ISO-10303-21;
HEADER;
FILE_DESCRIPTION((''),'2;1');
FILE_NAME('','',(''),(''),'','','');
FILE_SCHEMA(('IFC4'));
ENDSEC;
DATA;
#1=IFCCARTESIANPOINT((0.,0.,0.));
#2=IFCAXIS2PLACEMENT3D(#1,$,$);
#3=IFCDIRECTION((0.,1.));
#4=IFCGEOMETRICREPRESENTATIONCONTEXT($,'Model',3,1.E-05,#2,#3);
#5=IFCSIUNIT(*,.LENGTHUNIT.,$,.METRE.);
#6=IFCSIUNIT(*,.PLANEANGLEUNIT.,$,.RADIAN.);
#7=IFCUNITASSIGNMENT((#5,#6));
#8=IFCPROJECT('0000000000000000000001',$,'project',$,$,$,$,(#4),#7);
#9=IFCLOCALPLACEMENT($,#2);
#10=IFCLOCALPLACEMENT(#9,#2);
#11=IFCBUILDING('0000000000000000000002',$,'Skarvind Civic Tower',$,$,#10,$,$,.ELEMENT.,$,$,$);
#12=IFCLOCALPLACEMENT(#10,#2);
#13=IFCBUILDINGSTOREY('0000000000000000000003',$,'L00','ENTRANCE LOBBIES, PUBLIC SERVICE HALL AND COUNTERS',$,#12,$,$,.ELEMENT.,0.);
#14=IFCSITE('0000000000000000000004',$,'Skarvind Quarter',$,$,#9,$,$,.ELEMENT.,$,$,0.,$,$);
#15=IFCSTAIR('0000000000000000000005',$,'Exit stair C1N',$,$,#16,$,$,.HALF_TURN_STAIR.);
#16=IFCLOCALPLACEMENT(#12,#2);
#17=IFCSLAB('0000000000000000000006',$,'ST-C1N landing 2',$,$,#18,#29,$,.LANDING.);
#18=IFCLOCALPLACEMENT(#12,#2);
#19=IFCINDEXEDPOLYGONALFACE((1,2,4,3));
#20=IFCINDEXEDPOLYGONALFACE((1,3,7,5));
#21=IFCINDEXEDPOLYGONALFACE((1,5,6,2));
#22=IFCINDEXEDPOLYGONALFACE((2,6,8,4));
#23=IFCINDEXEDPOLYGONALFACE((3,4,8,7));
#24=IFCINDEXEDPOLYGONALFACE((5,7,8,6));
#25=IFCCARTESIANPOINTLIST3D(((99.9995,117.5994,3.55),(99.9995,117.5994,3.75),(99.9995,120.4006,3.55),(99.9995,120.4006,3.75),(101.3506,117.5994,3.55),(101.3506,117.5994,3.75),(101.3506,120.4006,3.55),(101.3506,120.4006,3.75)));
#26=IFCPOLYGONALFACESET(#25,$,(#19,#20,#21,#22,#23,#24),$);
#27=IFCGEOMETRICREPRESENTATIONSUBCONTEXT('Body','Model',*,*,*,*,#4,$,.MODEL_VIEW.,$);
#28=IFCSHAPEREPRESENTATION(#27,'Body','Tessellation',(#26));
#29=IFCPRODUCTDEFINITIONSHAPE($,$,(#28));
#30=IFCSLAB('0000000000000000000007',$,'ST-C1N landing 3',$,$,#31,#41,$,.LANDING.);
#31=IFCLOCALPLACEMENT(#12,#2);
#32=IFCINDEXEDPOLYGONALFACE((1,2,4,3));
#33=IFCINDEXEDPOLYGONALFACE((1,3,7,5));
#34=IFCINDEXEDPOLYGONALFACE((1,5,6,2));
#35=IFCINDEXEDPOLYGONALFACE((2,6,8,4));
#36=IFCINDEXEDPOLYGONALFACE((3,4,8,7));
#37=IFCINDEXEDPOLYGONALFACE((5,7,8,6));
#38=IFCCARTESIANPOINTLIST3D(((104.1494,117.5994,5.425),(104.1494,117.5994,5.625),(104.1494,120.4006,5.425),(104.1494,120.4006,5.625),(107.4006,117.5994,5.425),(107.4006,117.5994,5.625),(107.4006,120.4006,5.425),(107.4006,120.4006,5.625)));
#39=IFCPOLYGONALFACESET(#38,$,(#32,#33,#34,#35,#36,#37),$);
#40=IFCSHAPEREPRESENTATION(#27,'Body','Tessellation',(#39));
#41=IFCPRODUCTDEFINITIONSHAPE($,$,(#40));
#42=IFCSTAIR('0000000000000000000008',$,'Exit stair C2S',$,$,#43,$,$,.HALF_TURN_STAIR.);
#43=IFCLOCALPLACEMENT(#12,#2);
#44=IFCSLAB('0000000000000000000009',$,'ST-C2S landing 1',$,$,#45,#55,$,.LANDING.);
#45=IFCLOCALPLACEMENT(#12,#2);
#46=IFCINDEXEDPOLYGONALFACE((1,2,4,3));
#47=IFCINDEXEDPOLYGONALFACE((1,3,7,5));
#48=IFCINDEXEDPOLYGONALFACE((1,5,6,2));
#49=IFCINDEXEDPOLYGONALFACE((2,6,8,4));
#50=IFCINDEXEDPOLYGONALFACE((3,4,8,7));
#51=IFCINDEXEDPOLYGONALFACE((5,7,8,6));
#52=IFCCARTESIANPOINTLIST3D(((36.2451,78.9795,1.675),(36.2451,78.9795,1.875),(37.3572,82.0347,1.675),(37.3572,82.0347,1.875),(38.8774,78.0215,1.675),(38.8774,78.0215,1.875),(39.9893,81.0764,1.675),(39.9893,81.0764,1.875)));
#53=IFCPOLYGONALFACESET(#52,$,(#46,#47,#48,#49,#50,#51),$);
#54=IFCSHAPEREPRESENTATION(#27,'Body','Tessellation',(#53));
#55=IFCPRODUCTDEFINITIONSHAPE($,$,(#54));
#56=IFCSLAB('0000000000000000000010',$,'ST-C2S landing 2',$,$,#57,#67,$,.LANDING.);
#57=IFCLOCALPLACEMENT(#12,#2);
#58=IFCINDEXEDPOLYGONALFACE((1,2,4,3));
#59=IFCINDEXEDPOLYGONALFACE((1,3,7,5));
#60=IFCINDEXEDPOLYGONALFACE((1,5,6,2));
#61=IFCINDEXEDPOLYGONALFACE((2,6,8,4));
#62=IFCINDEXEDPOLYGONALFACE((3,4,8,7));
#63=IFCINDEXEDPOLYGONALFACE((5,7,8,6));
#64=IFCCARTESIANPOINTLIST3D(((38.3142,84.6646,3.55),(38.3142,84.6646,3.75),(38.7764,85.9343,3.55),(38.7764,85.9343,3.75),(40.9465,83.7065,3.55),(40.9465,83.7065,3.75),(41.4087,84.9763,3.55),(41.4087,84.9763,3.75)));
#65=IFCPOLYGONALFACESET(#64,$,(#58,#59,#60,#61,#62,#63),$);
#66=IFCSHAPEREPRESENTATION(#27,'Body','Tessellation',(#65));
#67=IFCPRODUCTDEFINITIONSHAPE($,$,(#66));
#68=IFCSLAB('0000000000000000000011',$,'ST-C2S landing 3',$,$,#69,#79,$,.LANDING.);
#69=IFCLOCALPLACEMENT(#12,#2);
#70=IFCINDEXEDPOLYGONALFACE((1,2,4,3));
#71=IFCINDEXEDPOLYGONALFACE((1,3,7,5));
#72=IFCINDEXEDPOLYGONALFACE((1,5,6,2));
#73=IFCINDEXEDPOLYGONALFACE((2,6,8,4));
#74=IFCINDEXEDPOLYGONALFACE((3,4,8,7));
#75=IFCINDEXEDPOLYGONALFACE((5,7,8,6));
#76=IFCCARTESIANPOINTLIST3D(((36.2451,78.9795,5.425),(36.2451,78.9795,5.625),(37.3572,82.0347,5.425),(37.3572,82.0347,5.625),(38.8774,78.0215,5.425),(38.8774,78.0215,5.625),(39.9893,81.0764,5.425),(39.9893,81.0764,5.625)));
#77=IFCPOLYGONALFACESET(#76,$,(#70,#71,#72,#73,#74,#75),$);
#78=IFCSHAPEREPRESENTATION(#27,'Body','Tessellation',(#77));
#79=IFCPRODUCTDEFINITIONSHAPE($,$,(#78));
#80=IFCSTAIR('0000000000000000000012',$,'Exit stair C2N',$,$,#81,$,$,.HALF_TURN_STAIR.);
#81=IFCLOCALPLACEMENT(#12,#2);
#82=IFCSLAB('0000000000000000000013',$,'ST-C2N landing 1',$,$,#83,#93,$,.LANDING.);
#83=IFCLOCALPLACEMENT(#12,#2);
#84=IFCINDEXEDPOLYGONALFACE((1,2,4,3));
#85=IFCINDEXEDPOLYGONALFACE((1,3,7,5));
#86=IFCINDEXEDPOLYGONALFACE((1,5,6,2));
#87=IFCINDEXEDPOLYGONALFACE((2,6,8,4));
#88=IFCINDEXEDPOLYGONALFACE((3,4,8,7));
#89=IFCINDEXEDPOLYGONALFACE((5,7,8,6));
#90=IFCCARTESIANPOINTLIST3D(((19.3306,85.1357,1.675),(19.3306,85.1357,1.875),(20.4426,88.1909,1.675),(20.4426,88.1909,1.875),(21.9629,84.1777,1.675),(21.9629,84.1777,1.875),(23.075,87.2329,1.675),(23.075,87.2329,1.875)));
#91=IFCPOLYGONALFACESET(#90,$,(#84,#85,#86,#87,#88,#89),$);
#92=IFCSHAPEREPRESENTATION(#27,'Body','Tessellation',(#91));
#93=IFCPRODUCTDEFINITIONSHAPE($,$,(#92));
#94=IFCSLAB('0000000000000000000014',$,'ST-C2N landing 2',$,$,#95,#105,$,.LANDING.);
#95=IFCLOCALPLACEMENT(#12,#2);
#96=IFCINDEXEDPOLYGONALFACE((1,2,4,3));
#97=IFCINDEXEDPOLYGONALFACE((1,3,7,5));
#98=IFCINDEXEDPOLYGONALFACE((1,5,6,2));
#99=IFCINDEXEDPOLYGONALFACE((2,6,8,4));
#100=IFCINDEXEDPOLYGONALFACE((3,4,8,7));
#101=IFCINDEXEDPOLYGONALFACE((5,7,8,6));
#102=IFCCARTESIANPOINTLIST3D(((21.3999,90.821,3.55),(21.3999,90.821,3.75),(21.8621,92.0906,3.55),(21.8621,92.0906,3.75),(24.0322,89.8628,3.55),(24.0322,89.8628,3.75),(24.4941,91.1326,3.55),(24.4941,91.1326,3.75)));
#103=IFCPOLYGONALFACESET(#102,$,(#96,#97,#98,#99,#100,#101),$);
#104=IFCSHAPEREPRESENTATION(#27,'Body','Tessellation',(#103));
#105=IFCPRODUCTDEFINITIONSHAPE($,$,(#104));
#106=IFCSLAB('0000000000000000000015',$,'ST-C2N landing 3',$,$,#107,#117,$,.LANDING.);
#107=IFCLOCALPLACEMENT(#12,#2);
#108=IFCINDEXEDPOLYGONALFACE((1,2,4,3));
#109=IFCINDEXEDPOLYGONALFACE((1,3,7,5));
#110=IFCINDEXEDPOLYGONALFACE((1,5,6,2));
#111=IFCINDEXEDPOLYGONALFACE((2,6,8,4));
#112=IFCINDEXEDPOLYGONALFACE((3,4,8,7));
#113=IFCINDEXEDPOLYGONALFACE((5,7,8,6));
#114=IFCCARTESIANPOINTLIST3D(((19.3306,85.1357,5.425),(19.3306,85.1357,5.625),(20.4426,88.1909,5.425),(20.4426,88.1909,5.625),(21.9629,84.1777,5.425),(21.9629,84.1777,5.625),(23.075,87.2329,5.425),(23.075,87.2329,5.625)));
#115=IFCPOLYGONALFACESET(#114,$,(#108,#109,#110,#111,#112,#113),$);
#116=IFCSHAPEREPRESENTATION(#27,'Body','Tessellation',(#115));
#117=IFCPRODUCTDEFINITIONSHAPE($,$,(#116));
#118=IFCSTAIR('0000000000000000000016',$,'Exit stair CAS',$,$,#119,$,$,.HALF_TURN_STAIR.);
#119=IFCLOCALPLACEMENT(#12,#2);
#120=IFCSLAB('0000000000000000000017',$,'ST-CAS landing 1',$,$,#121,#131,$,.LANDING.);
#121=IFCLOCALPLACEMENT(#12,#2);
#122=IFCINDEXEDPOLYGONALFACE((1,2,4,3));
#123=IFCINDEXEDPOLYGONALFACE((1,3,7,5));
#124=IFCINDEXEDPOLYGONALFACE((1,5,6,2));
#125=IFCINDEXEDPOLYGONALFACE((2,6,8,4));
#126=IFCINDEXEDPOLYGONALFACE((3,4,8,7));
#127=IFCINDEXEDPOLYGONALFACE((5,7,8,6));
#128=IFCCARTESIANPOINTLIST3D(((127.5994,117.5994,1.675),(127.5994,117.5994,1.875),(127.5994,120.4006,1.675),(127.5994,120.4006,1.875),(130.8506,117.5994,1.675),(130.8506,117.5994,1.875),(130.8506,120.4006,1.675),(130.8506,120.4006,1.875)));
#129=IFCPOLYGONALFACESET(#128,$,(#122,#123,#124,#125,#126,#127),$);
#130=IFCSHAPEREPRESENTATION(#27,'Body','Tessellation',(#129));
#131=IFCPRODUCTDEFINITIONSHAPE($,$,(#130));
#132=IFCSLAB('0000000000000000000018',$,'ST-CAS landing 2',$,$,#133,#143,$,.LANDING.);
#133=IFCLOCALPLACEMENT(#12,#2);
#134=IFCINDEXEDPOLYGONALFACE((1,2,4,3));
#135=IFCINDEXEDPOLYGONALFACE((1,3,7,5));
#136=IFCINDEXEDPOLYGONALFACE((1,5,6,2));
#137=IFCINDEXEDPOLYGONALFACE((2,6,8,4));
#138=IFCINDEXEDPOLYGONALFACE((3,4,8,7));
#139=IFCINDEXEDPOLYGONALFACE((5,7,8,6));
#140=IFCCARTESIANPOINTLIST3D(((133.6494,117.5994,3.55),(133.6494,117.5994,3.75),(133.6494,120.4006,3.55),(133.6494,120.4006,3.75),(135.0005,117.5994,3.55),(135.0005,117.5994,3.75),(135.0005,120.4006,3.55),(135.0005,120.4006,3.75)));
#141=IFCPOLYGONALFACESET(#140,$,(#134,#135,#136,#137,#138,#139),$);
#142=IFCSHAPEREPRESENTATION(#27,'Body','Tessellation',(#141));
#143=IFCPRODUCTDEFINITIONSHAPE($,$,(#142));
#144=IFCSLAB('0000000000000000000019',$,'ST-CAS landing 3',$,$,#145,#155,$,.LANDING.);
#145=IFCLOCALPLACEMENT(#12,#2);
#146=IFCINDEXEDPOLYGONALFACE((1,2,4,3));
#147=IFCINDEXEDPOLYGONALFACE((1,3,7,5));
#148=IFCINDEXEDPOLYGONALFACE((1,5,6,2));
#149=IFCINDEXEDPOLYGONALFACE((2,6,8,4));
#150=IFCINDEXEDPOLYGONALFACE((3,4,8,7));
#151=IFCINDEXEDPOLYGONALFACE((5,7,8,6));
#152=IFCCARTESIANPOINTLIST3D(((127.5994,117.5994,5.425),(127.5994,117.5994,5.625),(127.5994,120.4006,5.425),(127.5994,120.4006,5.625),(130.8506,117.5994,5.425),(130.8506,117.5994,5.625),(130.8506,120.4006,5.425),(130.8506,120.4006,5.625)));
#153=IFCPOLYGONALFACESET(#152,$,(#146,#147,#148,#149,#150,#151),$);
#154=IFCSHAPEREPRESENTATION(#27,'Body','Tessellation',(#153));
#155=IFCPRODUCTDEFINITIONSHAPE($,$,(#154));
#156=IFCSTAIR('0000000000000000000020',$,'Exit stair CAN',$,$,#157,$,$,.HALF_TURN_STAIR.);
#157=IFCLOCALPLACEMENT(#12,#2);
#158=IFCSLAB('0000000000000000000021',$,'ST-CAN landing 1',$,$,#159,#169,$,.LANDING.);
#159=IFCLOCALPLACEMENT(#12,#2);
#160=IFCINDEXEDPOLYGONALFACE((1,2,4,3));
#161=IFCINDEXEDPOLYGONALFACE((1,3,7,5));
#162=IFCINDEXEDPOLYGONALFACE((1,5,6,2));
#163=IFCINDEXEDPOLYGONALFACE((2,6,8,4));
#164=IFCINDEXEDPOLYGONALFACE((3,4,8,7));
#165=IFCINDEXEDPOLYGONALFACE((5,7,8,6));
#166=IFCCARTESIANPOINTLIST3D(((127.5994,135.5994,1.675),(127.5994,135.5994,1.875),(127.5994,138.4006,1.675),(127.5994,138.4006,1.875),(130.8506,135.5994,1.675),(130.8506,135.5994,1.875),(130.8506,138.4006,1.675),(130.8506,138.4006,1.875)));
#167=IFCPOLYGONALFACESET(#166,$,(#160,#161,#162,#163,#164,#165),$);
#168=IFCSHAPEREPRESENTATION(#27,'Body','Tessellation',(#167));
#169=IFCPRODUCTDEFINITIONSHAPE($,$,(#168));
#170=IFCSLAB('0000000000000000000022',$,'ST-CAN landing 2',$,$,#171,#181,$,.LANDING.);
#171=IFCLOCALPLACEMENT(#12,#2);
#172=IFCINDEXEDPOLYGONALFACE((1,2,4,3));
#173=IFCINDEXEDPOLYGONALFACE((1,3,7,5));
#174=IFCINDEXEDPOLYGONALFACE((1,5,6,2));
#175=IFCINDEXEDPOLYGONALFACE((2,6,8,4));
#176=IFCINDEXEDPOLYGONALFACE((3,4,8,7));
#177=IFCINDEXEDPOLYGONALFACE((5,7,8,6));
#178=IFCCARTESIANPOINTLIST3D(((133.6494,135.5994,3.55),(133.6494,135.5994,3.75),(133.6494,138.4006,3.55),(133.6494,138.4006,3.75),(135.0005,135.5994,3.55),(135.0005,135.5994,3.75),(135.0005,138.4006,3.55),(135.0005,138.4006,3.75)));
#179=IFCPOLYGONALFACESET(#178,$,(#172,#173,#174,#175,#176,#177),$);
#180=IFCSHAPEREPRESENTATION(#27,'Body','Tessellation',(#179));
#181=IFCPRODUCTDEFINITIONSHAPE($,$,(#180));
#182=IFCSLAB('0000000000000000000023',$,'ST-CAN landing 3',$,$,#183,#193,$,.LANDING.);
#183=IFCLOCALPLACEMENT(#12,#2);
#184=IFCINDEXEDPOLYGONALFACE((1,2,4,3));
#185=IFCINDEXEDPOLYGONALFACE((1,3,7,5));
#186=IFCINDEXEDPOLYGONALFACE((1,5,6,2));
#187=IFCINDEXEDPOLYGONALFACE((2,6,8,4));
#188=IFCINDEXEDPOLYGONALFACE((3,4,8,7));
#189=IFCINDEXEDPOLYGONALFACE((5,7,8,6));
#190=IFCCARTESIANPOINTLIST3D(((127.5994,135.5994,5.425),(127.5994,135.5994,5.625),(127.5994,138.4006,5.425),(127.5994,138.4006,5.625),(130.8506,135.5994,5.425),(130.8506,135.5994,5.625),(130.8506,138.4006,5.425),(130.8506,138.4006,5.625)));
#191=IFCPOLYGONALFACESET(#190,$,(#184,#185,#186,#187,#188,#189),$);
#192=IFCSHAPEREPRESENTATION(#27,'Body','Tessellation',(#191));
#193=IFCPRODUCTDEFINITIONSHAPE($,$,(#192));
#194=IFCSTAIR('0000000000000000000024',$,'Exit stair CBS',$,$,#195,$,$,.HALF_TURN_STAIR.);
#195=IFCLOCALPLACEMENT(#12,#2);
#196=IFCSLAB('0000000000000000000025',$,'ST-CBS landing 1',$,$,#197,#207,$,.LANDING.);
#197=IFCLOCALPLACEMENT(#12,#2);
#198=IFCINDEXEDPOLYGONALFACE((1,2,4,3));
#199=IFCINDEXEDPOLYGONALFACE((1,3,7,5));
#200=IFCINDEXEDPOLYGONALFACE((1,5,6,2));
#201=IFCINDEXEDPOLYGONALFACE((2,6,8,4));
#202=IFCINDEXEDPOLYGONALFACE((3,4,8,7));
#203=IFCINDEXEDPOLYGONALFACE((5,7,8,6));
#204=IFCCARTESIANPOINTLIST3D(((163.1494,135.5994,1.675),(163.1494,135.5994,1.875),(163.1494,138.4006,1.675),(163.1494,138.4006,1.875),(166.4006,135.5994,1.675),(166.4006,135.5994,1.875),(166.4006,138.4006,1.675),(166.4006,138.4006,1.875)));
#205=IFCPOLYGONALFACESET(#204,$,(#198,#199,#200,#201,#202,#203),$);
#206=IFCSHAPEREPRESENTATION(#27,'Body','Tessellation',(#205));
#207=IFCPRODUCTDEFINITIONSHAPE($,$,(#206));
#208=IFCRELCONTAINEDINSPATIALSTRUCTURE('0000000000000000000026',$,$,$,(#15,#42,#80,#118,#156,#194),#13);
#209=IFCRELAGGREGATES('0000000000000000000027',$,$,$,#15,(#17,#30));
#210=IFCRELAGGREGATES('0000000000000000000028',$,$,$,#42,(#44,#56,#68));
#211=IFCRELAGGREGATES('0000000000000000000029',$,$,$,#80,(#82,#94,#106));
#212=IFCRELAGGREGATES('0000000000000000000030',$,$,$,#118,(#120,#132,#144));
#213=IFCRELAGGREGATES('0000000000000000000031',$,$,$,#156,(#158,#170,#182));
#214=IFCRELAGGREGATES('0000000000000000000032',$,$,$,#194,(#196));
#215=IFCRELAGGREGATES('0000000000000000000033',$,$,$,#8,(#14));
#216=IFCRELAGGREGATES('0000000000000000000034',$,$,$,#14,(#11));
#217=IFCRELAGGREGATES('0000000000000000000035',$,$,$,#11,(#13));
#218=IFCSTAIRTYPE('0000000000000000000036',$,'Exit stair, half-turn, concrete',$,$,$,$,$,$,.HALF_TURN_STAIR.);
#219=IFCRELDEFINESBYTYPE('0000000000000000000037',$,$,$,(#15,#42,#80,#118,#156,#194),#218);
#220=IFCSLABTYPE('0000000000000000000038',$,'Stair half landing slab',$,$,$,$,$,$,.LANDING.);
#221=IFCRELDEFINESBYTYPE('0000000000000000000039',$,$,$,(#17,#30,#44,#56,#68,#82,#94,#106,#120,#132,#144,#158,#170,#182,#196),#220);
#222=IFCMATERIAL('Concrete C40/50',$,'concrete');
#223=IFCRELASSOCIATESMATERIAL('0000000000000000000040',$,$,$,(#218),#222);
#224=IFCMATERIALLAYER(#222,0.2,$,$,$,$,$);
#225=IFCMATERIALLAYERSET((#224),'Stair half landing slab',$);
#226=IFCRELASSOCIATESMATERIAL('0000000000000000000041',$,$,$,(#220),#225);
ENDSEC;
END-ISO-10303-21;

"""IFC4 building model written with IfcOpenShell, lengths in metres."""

from ifc_helpers import new_model, si_unit, direction, frame, origin, place, context, subcontext, project, spatial, polyline, outline, extrude, material, layer, layer_set, type_object, element, aggregate, save


model = new_model("IFC4")

# Units and contexts
model_context = context("Model", 3, precision=1e-05, world=origin(), true_north=direction((0.0, 1.0)))
body_context = subcontext(model_context, "Body", "Model", "MODEL_VIEW")
ifc_project = project(units=[si_unit("LENGTHUNIT", "METRE"), si_unit("PLANEANGLEUNIT", "RADIAN")], contexts=[model_context])

# Site, building, storey
site_placement = place(None, origin())
site = spatial("IfcSite", under=ifc_project, at=site_placement, Name="Skarvind Quarter", CompositionType="ELEMENT", RefElevation=0.0)
building_placement = place(site_placement, origin())
building = spatial("IfcBuilding", under=site, at=building_placement, Name="Skarvind Civic Tower", CompositionType="ELEMENT")
storey_placement = place(building_placement, origin())
storey = spatial("IfcBuildingStorey", under=building, at=storey_placement, Name="L00", Description="ENTRANCE LOBBIES, PUBLIC SERVICE HALL AND COUNTERS", CompositionType="ELEMENT", Elevation=0.0)

# Shared definitions
ifc_material_1 = material(Name="Concrete C40/50", Category="concrete")

# Stairs, slabs
stair_type = type_object("IfcStairType", Name="Exit stair, half-turn, concrete", PredefinedType="HALF_TURN_STAIR", material=ifc_material_1)
ifc_layer_1 = layer(ifc_material_1, 0.2)
ifc_layer_set_1 = layer_set([ifc_layer_1], Name="Stair half landing slab")
slab_type_1 = type_object("IfcSlabType", Name="Stair half landing slab", PredefinedType="LANDING", material=ifc_layer_set_1)
stair_1_placement = place(storey_placement, origin())
stair_1 = element("IfcStair", 1, at=stair_1_placement, inside=storey, type_object=stair_type, Name="Exit stair C1N", PredefinedType="HALF_TURN_STAIR")
slab_1_placement = place(storey_placement, frame((0.0, 0.0, 3.55)))
slab_1 = element("IfcSlab", 2, at=slab_1_placement, type_object=slab_type_1, Name="ST-C1N landing 2", PredefinedType="LANDING", context=body_context, shape_type="SweptSolid", body=[
    extrude(outline(polyline([(99.9995, 117.5994), (99.9995, 120.4006), (101.3506, 120.4006), (101.3506, 117.5994), (99.9995, 117.5994)])), origin(), (0.0, 0.0, 1.0), 0.2),
])
slab_2_placement = place(storey_placement, frame((0.0, 0.0, 5.425)))
slab_2 = element("IfcSlab", 3, at=slab_2_placement, type_object=slab_type_1, Name="ST-C1N landing 3", PredefinedType="LANDING", context=body_context, shape_type="SweptSolid", body=[
    extrude(outline(polyline([(104.1494, 117.5994), (104.1494, 120.4006), (107.4006, 120.4006), (107.4006, 117.5994), (104.1494, 117.5994)])), origin(), (0.0, 0.0, 1.0), 0.2),
])
aggregate(stair_1, [slab_1, slab_2])
stair_2_placement = place(storey_placement, origin())
stair_2 = element("IfcStair", 4, at=stair_2_placement, inside=storey, type_object=stair_type, Name="Exit stair C2S", PredefinedType="HALF_TURN_STAIR")
slab_3_placement = place(storey_placement, frame((0.0, 0.0, 1.675)))
slab_3 = element("IfcSlab", 5, at=slab_3_placement, type_object=slab_type_1, Name="ST-C2S landing 1", PredefinedType="LANDING", context=body_context, shape_type="SweptSolid", body=[
    extrude(outline(polyline([(37.3572, 82.0347), (39.9893, 81.0764), (38.8774, 78.0215), (36.2451, 78.9795), (37.3572, 82.0347)])), origin(), (0.0, 0.0, 1.0), 0.2),
])
slab_4_placement = place(storey_placement, frame((0.0, 0.0, 3.55)))
slab_4 = element("IfcSlab", 6, at=slab_4_placement, type_object=slab_type_1, Name="ST-C2S landing 2", PredefinedType="LANDING", context=body_context, shape_type="SweptSolid", body=[
    extrude(outline(polyline([(38.7764, 85.9343), (41.4087, 84.9763), (40.9465, 83.7065), (38.3142, 84.6646), (38.7764, 85.9343)])), origin(), (0.0, 0.0, 1.0), 0.2),
])
slab_5_placement = place(storey_placement, frame((0.0, 0.0, 5.425)))
slab_5 = element("IfcSlab", 7, at=slab_5_placement, type_object=slab_type_1, Name="ST-C2S landing 3", PredefinedType="LANDING", context=body_context, shape_type="SweptSolid", body=[
    extrude(outline(polyline([(37.3572, 82.0347), (39.9893, 81.0764), (38.8774, 78.0215), (36.2451, 78.9795), (37.3572, 82.0347)])), origin(), (0.0, 0.0, 1.0), 0.2),
])
aggregate(stair_2, [slab_3, slab_4, slab_5])
stair_3_placement = place(storey_placement, origin())
stair_3 = element("IfcStair", 8, at=stair_3_placement, inside=storey, type_object=stair_type, Name="Exit stair C2N", PredefinedType="HALF_TURN_STAIR")
slab_6_placement = place(storey_placement, frame((0.0, 0.0, 1.675)))
slab_6 = element("IfcSlab", 9, at=slab_6_placement, type_object=slab_type_1, Name="ST-C2N landing 1", PredefinedType="LANDING", context=body_context, shape_type="SweptSolid", body=[
    extrude(outline(polyline([(20.4426, 88.1909), (23.075, 87.2329), (21.9629, 84.1777), (19.3306, 85.1357), (20.4426, 88.1909)])), origin(), (0.0, 0.0, 1.0), 0.2),
])
slab_7_placement = place(storey_placement, frame((0.0, 0.0, 3.55)))
slab_7 = element("IfcSlab", 10, at=slab_7_placement, type_object=slab_type_1, Name="ST-C2N landing 2", PredefinedType="LANDING", context=body_context, shape_type="SweptSolid", body=[
    extrude(outline(polyline([(21.8621, 92.0906), (24.4941, 91.1326), (24.0322, 89.8628), (21.3999, 90.821), (21.8621, 92.0906)])), origin(), (0.0, 0.0, 1.0), 0.2),
])
slab_8_placement = place(storey_placement, frame((0.0, 0.0, 5.425)))
slab_8 = element("IfcSlab", 11, at=slab_8_placement, type_object=slab_type_1, Name="ST-C2N landing 3", PredefinedType="LANDING", context=body_context, shape_type="SweptSolid", body=[
    extrude(outline(polyline([(20.4426, 88.1909), (23.075, 87.2329), (21.9629, 84.1777), (19.3306, 85.1357), (20.4426, 88.1909)])), origin(), (0.0, 0.0, 1.0), 0.2),
])
aggregate(stair_3, [slab_6, slab_7, slab_8])
stair_4_placement = place(storey_placement, origin())
stair_4 = element("IfcStair", 12, at=stair_4_placement, inside=storey, type_object=stair_type, Name="Exit stair CAS", PredefinedType="HALF_TURN_STAIR")
slab_9_placement = place(storey_placement, frame((0.0, 0.0, 1.675)))
slab_9 = element("IfcSlab", 13, at=slab_9_placement, type_object=slab_type_1, Name="ST-CAS landing 1", PredefinedType="LANDING", context=body_context, shape_type="SweptSolid", body=[
    extrude(outline(polyline([(130.8506, 120.4006), (130.8506, 117.5994), (127.5994, 117.5994), (127.5994, 120.4006), (130.8506, 120.4006)])), origin(), (0.0, 0.0, 1.0), 0.2),
])
slab_10_placement = place(storey_placement, frame((0.0, 0.0, 3.55)))
slab_10 = element("IfcSlab", 14, at=slab_10_placement, type_object=slab_type_1, Name="ST-CAS landing 2", PredefinedType="LANDING", context=body_context, shape_type="SweptSolid", body=[
    extrude(outline(polyline([(135.0005, 120.4006), (135.0005, 117.5994), (133.6494, 117.5994), (133.6494, 120.4006), (135.0005, 120.4006)])), origin(), (0.0, 0.0, 1.0), 0.2),
])
slab_11_placement = place(storey_placement, frame((0.0, 0.0, 5.425)))
slab_11 = element("IfcSlab", 15, at=slab_11_placement, type_object=slab_type_1, Name="ST-CAS landing 3", PredefinedType="LANDING", context=body_context, shape_type="SweptSolid", body=[
    extrude(outline(polyline([(130.8506, 120.4006), (130.8506, 117.5994), (127.5994, 117.5994), (127.5994, 120.4006), (130.8506, 120.4006)])), origin(), (0.0, 0.0, 1.0), 0.2),
])
aggregate(stair_4, [slab_9, slab_10, slab_11])
stair_5_placement = place(storey_placement, origin())
stair_5 = element("IfcStair", 16, at=stair_5_placement, inside=storey, type_object=stair_type, Name="Exit stair CAN", PredefinedType="HALF_TURN_STAIR")
slab_12_placement = place(storey_placement, frame((0.0, 0.0, 1.675)))
slab_12 = element("IfcSlab", 17, at=slab_12_placement, type_object=slab_type_1, Name="ST-CAN landing 1", PredefinedType="LANDING", context=body_context, shape_type="SweptSolid", body=[
    extrude(outline(polyline([(130.8506, 138.4006), (130.8506, 135.5994), (127.5994, 135.5994), (127.5994, 138.4006), (130.8506, 138.4006)])), origin(), (0.0, 0.0, 1.0), 0.2),
])
slab_13_placement = place(storey_placement, frame((0.0, 0.0, 3.55)))
slab_13 = element("IfcSlab", 18, at=slab_13_placement, type_object=slab_type_1, Name="ST-CAN landing 2", PredefinedType="LANDING", context=body_context, shape_type="SweptSolid", body=[
    extrude(outline(polyline([(135.0005, 138.4006), (135.0005, 135.5994), (133.6494, 135.5994), (133.6494, 138.4006), (135.0005, 138.4006)])), origin(), (0.0, 0.0, 1.0), 0.2),
])
slab_14_placement = place(storey_placement, frame((0.0, 0.0, 5.425)))
slab_14 = element("IfcSlab", 19, at=slab_14_placement, type_object=slab_type_1, Name="ST-CAN landing 3", PredefinedType="LANDING", context=body_context, shape_type="SweptSolid", body=[
    extrude(outline(polyline([(130.8506, 138.4006), (130.8506, 135.5994), (127.5994, 135.5994), (127.5994, 138.4006), (130.8506, 138.4006)])), origin(), (0.0, 0.0, 1.0), 0.2),
])
aggregate(stair_5, [slab_12, slab_13, slab_14])
stair_6_placement = place(storey_placement, origin())
stair_6 = element("IfcStair", 20, at=stair_6_placement, inside=storey, type_object=stair_type, Name="Exit stair CBS", PredefinedType="HALF_TURN_STAIR")
slab_15_placement = place(storey_placement, frame((0.0, 0.0, 1.675)))
slab_15 = element("IfcSlab", 21, at=slab_15_placement, type_object=slab_type_1, Name="ST-CBS landing 1", PredefinedType="LANDING", context=body_context, shape_type="SweptSolid", body=[
    extrude(outline(polyline([(163.1494, 135.5994), (163.1494, 138.4006), (166.4006, 138.4006), (166.4006, 135.5994), (163.1494, 135.5994)])), origin(), (0.0, 0.0, 1.0), 0.2),
])
aggregate(stair_6, [slab_15])

save(model, "model.ifc")
